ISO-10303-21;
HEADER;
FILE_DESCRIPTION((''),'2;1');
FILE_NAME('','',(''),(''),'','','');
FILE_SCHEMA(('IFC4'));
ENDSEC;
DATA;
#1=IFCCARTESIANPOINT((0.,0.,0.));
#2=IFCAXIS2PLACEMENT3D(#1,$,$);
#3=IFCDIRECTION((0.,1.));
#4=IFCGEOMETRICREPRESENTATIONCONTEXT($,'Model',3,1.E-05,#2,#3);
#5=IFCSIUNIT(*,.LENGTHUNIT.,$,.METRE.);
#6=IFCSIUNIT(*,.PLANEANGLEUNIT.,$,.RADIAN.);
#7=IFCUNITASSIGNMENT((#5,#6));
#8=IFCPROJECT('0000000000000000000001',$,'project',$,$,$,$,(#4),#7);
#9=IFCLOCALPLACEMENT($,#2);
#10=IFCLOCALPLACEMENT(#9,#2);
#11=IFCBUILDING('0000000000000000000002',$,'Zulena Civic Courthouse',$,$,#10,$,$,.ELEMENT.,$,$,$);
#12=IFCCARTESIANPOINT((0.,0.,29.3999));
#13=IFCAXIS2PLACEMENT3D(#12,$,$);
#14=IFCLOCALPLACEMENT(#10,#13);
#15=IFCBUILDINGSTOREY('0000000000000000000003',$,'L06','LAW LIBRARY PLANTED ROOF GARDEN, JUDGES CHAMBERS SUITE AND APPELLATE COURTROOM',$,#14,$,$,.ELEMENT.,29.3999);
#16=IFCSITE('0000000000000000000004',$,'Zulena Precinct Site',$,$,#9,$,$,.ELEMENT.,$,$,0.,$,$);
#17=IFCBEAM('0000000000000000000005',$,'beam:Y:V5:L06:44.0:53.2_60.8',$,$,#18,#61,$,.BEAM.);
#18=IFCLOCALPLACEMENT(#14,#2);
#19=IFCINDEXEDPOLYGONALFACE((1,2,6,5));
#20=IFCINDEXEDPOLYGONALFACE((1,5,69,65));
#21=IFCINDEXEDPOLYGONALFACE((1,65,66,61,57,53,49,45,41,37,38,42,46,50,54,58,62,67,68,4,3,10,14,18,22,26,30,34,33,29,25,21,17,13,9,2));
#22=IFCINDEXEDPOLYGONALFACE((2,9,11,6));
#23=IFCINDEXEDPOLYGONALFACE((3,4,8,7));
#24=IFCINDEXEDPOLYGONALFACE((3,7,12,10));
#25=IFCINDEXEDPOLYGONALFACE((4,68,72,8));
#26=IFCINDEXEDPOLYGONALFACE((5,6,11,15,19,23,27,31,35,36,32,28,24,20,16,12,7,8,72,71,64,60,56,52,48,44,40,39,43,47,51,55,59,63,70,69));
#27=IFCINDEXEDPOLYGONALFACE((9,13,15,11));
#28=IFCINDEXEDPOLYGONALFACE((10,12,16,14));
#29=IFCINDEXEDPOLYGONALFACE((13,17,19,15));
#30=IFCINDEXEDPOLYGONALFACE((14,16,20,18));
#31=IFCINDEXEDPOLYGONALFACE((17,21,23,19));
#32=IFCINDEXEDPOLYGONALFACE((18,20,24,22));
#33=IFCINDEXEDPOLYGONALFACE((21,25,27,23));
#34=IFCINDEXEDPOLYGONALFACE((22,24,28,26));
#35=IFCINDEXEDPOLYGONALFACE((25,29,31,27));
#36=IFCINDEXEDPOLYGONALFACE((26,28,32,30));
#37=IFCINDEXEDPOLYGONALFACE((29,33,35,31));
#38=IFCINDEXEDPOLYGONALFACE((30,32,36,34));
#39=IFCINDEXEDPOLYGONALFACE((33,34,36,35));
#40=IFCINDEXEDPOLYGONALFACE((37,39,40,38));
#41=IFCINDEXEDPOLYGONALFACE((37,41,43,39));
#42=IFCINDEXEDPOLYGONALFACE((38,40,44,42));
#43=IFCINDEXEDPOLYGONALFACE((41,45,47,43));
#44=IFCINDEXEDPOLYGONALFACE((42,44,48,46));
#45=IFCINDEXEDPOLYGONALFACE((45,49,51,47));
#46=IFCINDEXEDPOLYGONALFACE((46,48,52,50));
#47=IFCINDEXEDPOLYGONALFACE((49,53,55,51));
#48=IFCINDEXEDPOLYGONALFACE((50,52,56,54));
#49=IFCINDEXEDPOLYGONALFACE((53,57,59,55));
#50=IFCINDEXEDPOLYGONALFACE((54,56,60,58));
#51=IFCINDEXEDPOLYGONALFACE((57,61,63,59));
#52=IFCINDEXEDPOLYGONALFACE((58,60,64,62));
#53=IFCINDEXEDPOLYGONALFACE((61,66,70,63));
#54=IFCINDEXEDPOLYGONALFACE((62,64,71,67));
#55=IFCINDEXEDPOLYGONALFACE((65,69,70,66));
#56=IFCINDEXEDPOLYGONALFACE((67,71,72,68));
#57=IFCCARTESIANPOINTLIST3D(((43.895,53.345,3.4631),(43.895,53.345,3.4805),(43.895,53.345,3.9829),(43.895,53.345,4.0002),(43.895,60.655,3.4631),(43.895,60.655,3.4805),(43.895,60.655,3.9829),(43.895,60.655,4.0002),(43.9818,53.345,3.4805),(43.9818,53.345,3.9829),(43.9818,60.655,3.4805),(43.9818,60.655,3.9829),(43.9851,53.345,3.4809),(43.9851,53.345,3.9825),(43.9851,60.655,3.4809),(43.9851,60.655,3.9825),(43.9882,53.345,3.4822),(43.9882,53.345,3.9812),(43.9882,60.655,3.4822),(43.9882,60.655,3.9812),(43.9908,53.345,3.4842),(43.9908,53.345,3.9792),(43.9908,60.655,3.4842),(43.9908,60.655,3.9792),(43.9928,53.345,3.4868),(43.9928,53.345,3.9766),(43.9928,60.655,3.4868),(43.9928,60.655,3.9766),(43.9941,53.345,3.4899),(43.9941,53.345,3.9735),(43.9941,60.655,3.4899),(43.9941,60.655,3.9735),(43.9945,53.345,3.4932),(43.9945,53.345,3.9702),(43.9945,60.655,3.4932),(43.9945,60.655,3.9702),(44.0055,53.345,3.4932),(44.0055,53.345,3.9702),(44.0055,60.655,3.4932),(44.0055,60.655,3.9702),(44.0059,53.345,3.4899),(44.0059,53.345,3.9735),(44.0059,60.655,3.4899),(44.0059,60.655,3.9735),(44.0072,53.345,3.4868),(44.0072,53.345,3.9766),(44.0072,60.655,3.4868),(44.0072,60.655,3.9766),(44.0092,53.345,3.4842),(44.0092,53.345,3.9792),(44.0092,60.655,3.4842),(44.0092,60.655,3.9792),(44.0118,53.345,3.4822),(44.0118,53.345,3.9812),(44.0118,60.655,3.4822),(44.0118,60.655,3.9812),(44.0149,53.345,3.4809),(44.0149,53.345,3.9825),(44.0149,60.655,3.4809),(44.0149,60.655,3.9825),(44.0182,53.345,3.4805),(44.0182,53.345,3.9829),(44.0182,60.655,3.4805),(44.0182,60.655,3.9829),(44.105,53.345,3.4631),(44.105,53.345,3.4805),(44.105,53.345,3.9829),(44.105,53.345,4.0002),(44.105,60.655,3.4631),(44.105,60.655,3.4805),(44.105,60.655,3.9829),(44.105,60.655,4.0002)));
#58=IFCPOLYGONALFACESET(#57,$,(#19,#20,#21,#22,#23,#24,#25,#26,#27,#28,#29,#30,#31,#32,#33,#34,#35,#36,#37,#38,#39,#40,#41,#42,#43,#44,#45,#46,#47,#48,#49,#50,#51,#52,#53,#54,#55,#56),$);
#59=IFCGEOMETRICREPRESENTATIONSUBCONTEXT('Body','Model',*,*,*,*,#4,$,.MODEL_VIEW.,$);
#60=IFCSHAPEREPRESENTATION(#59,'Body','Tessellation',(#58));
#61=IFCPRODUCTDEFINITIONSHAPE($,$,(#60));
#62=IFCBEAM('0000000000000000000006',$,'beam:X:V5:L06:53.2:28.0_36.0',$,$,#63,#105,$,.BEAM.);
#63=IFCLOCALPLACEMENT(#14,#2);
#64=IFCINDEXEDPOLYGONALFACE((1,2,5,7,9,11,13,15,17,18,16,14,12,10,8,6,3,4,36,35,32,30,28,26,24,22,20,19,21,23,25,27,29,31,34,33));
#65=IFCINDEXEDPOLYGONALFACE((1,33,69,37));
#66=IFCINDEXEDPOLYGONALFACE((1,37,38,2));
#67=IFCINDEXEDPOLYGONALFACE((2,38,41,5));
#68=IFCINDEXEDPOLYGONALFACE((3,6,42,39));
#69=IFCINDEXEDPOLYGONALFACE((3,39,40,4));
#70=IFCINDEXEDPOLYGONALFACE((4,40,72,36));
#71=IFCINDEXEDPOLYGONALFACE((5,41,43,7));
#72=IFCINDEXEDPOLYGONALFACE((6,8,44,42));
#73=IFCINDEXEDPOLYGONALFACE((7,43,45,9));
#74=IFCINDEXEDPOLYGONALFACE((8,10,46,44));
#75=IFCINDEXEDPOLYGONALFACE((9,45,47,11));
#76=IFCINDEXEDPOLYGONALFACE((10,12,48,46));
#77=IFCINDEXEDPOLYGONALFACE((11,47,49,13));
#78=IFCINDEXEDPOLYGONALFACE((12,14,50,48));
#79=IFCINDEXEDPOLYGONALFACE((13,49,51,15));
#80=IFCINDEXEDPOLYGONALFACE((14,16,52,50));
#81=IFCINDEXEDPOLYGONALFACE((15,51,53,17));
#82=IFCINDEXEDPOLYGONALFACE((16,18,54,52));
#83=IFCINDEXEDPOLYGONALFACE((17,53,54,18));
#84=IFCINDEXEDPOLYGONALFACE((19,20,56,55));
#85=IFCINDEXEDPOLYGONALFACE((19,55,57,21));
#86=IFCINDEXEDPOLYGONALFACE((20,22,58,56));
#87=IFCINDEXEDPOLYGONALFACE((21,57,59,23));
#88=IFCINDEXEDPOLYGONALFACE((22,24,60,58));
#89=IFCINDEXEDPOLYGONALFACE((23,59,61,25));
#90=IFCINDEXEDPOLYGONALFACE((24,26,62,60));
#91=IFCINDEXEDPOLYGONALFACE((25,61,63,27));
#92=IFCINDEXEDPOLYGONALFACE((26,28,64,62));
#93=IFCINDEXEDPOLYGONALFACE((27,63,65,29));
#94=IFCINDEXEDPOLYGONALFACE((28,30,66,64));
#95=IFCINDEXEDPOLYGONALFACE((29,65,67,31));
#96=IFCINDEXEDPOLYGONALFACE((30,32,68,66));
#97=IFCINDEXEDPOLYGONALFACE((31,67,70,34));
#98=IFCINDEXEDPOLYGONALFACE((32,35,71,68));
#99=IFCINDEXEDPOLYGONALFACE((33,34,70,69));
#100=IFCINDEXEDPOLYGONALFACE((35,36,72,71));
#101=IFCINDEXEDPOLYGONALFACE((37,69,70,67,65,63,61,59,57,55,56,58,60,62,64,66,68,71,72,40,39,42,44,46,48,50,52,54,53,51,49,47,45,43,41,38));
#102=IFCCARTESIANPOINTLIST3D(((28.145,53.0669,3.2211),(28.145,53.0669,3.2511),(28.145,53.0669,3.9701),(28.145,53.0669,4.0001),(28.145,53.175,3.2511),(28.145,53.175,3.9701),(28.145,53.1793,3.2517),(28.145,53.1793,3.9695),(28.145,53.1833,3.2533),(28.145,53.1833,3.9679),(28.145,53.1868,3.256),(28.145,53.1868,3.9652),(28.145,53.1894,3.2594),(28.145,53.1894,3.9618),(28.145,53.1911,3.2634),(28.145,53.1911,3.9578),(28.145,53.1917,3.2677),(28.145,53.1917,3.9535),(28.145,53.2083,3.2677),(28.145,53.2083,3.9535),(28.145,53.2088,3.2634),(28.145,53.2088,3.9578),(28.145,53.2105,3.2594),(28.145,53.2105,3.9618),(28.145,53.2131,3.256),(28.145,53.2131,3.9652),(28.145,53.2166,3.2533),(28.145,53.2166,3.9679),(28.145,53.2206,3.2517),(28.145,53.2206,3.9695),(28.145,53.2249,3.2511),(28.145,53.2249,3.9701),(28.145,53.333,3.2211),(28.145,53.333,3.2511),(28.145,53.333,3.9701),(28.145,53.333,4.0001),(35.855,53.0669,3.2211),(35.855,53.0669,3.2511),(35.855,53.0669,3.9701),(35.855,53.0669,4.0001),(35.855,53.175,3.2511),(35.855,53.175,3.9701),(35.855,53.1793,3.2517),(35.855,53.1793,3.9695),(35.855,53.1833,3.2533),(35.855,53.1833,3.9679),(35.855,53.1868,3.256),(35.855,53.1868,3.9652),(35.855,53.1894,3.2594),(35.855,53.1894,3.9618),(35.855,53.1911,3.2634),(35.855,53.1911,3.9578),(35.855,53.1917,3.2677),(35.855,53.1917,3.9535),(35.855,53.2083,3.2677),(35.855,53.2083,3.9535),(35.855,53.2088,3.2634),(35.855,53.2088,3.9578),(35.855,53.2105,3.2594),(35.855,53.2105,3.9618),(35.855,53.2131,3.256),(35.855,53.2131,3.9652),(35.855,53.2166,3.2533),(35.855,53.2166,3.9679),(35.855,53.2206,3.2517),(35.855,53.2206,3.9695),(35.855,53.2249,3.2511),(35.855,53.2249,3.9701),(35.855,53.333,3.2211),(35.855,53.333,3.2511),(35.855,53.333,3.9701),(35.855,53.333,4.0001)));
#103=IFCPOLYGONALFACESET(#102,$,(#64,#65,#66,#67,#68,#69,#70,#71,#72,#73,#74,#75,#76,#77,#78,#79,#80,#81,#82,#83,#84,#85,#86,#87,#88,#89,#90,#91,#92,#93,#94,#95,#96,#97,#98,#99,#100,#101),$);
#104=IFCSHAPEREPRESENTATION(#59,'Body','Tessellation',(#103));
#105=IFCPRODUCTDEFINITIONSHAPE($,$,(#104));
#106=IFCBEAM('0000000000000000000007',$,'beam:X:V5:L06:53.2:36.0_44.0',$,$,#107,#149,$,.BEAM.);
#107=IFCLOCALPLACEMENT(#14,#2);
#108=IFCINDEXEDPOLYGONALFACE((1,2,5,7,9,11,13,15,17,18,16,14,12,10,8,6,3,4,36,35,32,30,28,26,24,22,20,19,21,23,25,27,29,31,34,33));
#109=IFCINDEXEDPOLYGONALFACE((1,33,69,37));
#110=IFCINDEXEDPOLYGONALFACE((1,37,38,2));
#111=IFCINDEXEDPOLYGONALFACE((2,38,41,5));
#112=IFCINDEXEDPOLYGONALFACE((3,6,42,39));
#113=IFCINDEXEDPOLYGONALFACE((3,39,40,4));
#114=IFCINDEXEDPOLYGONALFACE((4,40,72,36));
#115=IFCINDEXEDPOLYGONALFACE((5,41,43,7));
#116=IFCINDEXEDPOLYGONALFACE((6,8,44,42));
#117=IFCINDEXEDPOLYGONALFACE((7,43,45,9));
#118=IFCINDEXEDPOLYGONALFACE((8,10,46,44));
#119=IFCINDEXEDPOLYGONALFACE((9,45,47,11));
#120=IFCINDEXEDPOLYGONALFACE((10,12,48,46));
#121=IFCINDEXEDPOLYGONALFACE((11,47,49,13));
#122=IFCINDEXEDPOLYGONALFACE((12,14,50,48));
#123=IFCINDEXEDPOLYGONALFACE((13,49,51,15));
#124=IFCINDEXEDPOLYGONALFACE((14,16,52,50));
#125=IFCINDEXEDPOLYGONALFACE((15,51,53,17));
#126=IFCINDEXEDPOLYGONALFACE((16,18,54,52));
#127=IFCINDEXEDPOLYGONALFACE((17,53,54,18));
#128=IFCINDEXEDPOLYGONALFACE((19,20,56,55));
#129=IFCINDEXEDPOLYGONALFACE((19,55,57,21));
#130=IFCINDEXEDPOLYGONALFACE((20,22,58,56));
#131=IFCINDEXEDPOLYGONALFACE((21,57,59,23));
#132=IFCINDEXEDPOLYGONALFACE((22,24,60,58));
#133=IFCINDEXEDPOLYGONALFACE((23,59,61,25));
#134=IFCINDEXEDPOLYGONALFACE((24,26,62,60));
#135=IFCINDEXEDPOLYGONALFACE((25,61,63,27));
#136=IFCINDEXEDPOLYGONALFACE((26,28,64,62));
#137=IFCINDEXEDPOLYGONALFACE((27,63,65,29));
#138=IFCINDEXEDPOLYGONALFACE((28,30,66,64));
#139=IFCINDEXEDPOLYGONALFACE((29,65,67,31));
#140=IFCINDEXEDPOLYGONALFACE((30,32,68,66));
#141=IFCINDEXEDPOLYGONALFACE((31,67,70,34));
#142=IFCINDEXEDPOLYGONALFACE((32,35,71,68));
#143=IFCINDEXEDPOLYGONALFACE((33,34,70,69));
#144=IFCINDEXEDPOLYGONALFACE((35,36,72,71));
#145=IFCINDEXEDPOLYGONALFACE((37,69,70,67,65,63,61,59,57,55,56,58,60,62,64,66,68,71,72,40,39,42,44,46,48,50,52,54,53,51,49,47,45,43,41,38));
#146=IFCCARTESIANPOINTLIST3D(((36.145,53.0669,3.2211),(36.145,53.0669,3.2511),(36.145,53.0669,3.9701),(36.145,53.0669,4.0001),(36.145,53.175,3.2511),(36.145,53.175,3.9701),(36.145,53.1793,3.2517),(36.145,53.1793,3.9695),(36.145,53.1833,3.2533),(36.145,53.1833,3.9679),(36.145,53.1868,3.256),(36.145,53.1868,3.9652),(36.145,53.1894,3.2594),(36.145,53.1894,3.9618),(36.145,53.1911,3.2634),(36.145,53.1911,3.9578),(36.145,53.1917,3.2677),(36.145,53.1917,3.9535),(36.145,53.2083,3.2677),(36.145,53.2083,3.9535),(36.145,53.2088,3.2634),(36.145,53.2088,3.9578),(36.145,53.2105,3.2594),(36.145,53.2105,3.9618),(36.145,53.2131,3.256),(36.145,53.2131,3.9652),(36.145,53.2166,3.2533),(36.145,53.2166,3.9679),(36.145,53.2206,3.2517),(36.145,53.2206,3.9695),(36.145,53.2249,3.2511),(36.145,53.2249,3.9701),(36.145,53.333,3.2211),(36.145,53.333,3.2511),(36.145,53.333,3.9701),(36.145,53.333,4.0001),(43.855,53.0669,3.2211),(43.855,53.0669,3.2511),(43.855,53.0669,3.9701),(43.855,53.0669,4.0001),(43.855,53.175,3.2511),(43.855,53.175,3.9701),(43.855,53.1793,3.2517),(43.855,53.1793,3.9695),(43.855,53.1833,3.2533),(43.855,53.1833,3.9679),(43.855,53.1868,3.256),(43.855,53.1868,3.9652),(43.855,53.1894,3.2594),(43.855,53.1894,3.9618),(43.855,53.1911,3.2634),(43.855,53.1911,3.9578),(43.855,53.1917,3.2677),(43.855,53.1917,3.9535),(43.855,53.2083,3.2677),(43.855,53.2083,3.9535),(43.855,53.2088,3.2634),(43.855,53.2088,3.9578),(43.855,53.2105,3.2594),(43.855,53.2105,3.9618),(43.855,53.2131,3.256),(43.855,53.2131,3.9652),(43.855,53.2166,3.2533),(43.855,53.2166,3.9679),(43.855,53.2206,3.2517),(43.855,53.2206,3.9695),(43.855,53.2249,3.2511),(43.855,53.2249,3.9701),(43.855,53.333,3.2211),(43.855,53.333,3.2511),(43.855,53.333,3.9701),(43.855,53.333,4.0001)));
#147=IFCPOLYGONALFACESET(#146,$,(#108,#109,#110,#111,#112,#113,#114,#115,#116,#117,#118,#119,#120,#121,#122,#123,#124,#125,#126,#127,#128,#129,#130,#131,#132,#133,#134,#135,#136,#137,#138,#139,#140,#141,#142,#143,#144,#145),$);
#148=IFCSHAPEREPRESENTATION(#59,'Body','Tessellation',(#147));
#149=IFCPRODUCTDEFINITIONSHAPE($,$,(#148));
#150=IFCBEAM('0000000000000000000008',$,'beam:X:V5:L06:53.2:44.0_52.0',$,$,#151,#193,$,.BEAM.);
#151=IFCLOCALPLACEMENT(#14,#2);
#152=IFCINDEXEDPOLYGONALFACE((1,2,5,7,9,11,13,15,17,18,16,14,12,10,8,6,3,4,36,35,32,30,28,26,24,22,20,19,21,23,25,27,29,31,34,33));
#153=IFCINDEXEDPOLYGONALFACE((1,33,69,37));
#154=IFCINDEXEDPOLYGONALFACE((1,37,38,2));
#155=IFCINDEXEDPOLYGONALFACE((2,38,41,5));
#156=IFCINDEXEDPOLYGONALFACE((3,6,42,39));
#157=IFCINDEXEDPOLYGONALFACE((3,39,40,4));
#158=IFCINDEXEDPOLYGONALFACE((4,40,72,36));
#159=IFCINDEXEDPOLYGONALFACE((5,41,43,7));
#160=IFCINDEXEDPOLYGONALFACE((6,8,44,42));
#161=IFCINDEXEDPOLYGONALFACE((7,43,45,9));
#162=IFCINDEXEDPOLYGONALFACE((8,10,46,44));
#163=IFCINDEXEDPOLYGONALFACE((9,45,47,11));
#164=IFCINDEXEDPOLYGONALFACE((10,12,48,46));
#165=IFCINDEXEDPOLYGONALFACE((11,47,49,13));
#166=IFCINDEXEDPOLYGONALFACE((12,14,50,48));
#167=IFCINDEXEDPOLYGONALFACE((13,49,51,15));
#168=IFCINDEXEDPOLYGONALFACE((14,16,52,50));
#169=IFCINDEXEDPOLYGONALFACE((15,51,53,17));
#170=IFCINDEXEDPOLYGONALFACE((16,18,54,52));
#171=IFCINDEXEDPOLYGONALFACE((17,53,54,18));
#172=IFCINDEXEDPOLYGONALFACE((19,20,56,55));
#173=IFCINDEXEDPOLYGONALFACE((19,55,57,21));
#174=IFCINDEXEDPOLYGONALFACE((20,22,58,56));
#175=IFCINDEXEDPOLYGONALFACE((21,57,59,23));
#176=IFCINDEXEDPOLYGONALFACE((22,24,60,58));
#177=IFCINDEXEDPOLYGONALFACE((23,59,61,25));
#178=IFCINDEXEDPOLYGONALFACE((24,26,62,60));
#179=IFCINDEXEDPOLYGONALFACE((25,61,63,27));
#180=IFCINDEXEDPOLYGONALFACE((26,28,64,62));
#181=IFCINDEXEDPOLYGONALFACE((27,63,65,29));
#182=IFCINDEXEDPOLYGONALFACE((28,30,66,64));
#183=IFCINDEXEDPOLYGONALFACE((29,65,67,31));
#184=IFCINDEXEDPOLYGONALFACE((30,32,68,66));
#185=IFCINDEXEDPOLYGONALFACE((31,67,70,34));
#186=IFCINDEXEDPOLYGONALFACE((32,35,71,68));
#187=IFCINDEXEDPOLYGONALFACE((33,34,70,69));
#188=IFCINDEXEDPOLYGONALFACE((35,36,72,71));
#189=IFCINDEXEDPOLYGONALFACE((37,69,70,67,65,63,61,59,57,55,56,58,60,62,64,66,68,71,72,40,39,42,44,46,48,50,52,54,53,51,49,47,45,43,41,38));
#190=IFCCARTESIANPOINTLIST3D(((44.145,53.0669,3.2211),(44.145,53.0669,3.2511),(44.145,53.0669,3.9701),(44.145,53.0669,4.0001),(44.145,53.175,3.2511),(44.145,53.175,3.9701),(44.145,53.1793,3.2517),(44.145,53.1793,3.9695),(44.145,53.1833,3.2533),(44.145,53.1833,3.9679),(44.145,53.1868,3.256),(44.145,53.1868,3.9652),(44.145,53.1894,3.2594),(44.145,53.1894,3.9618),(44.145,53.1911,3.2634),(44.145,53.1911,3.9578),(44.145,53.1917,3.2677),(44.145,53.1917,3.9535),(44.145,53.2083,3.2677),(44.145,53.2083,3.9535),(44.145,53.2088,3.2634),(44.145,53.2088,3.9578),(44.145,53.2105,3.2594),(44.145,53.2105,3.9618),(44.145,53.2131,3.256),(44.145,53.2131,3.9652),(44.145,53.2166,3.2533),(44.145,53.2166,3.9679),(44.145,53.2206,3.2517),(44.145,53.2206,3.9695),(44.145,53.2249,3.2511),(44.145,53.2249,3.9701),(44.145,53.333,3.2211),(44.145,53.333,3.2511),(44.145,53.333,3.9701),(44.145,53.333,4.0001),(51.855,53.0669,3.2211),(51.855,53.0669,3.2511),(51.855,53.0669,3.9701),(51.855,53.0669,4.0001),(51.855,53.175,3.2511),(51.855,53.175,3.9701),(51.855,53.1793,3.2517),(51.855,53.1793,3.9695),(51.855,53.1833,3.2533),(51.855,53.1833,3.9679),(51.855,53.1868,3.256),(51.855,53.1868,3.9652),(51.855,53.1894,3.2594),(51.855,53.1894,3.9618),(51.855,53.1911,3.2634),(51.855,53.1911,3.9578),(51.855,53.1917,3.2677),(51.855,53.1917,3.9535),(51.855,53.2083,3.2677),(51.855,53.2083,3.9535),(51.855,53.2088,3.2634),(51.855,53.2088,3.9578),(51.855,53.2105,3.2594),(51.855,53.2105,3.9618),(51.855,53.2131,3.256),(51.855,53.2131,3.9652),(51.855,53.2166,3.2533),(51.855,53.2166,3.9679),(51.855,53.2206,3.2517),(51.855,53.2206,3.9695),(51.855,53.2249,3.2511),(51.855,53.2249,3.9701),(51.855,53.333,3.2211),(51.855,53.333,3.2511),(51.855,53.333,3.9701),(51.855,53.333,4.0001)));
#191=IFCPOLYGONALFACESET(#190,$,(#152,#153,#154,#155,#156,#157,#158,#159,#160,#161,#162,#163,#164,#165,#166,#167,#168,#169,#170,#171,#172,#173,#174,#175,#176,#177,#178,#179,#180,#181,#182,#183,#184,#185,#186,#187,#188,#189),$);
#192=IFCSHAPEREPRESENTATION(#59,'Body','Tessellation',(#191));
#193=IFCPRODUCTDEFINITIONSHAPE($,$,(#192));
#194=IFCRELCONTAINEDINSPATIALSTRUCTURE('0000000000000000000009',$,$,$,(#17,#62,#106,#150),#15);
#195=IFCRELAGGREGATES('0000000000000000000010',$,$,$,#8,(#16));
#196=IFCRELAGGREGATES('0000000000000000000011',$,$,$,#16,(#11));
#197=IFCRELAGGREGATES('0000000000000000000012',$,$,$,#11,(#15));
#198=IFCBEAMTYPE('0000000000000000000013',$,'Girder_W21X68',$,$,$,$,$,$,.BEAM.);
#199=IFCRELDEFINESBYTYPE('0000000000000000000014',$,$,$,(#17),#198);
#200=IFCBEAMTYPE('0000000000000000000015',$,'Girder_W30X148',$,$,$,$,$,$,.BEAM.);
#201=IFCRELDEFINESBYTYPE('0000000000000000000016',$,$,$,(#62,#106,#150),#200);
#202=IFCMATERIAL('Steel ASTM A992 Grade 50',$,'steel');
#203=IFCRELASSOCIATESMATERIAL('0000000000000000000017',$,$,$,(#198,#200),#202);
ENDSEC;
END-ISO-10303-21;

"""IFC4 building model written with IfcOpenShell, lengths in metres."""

from ifc_helpers import new_model, si_unit, direction, frame, origin, origin_2d, place, context, subcontext, project, spatial, i_section, extrude, material, material_profile, profile_set, type_object, element, save


model = new_model("IFC4")

# Units and contexts
model_context = context("Model", 3, precision=1e-05, world=origin(), true_north=direction((0.0, 1.0)))
body_context = subcontext(model_context, "Body", "Model", "MODEL_VIEW")
ifc_project = project(units=[si_unit("LENGTHUNIT", "METRE"), si_unit("PLANEANGLEUNIT", "RADIAN")], contexts=[model_context])

# Site, building, storey
site_placement = place(None, origin())
site = spatial("IfcSite", under=ifc_project, at=site_placement, Name="Zulena Precinct Site", CompositionType="ELEMENT", RefElevation=0.0)
building_placement = place(site_placement, origin())
building = spatial("IfcBuilding", under=site, at=building_placement, Name="Zulena Civic Courthouse", CompositionType="ELEMENT")
storey_placement = place(building_placement, frame((0.0, 0.0, 29.3999)))
storey = spatial("IfcBuildingStorey", under=building, at=storey_placement, Name="L06", Description="LAW LIBRARY PLANTED ROOF GARDEN, JUDGES CHAMBERS SUITE AND APPELLATE COURTROOM", CompositionType="ELEMENT", Elevation=29.3999)

# Shared definitions
ifc_material_1 = material(Name="Steel ASTM A992 Grade 50", Category="steel")

# Beams
ifc_material_profile_1 = material_profile(ifc_material_1, i_section(OverallWidth=0.21, OverallDepth=0.5371, WebThickness=0.011, FlangeThickness=0.0173, FilletRadius=0.0127, at=origin_2d()), Name="W21X68")
ifc_profile_set_1 = profile_set([ifc_material_profile_1], Name="Steel ASTM A992 Grade 50")
beam_type_1 = type_object("IfcBeamType", Name="Girder_W21X68", PredefinedType="BEAM", material=ifc_profile_set_1)
for number, where, z_axis, x_axis, name in (
    (1, (44.0, 53.345, 3.7317), (0.0, 1.0, 0.0), (-1.0, 0.0, 0.0), "beam:Y:V5:L06:44.0:53.2_60.8"),
):
    element("IfcBeam", number, at=place(storey_placement, frame(where, z_axis=z_axis, x_axis=x_axis)), inside=storey, type_object=beam_type_1, Name=name, PredefinedType="BEAM", context=body_context, shape_type="SweptSolid", body=[
        extrude(i_section(OverallWidth=0.21, OverallDepth=0.5371, WebThickness=0.011, FlangeThickness=0.0173, FilletRadius=0.0127, at=origin_2d()), origin(), (0.0, 0.0, 1.0), 7.3101),
    ])
ifc_material_profile_2 = material_profile(ifc_material_1, i_section(OverallWidth=0.2661, OverallDepth=0.7791, WebThickness=0.0166, FlangeThickness=0.03, FilletRadius=0.0166, at=origin_2d()), Name="W30X148")
ifc_profile_set_2 = profile_set([ifc_material_profile_2], Name="Steel ASTM A992 Grade 50")
beam_type_2 = type_object("IfcBeamType", Name="Girder_W30X148", PredefinedType="BEAM", material=ifc_profile_set_2)
for number, where, z_axis, x_axis, name in (
    (2, (28.145, 53.2, 3.6106), (1.0, 0.0, 0.0), (0.0, 1.0, 0.0), "beam:X:V5:L06:53.2:28.0_36.0"),
    (3, (36.145, 53.2, 3.6106), (1.0, 0.0, 0.0), (0.0, 1.0, 0.0), "beam:X:V5:L06:53.2:36.0_44.0"),
    (4, (44.145, 53.2, 3.6106), (1.0, 0.0, 0.0), (0.0, 1.0, 0.0), "beam:X:V5:L06:53.2:44.0_52.0"),
):
    element("IfcBeam", number, at=place(storey_placement, frame(where, z_axis=z_axis, x_axis=x_axis)), inside=storey, type_object=beam_type_2, Name=name, PredefinedType="BEAM", context=body_context, shape_type="SweptSolid", body=[
        extrude(i_section(OverallWidth=0.2661, OverallDepth=0.7791, WebThickness=0.0166, FlangeThickness=0.03, FilletRadius=0.0166, at=origin_2d()), origin(), (0.0, 0.0, 1.0), 7.71),
    ])

save(model, "model.ifc")
